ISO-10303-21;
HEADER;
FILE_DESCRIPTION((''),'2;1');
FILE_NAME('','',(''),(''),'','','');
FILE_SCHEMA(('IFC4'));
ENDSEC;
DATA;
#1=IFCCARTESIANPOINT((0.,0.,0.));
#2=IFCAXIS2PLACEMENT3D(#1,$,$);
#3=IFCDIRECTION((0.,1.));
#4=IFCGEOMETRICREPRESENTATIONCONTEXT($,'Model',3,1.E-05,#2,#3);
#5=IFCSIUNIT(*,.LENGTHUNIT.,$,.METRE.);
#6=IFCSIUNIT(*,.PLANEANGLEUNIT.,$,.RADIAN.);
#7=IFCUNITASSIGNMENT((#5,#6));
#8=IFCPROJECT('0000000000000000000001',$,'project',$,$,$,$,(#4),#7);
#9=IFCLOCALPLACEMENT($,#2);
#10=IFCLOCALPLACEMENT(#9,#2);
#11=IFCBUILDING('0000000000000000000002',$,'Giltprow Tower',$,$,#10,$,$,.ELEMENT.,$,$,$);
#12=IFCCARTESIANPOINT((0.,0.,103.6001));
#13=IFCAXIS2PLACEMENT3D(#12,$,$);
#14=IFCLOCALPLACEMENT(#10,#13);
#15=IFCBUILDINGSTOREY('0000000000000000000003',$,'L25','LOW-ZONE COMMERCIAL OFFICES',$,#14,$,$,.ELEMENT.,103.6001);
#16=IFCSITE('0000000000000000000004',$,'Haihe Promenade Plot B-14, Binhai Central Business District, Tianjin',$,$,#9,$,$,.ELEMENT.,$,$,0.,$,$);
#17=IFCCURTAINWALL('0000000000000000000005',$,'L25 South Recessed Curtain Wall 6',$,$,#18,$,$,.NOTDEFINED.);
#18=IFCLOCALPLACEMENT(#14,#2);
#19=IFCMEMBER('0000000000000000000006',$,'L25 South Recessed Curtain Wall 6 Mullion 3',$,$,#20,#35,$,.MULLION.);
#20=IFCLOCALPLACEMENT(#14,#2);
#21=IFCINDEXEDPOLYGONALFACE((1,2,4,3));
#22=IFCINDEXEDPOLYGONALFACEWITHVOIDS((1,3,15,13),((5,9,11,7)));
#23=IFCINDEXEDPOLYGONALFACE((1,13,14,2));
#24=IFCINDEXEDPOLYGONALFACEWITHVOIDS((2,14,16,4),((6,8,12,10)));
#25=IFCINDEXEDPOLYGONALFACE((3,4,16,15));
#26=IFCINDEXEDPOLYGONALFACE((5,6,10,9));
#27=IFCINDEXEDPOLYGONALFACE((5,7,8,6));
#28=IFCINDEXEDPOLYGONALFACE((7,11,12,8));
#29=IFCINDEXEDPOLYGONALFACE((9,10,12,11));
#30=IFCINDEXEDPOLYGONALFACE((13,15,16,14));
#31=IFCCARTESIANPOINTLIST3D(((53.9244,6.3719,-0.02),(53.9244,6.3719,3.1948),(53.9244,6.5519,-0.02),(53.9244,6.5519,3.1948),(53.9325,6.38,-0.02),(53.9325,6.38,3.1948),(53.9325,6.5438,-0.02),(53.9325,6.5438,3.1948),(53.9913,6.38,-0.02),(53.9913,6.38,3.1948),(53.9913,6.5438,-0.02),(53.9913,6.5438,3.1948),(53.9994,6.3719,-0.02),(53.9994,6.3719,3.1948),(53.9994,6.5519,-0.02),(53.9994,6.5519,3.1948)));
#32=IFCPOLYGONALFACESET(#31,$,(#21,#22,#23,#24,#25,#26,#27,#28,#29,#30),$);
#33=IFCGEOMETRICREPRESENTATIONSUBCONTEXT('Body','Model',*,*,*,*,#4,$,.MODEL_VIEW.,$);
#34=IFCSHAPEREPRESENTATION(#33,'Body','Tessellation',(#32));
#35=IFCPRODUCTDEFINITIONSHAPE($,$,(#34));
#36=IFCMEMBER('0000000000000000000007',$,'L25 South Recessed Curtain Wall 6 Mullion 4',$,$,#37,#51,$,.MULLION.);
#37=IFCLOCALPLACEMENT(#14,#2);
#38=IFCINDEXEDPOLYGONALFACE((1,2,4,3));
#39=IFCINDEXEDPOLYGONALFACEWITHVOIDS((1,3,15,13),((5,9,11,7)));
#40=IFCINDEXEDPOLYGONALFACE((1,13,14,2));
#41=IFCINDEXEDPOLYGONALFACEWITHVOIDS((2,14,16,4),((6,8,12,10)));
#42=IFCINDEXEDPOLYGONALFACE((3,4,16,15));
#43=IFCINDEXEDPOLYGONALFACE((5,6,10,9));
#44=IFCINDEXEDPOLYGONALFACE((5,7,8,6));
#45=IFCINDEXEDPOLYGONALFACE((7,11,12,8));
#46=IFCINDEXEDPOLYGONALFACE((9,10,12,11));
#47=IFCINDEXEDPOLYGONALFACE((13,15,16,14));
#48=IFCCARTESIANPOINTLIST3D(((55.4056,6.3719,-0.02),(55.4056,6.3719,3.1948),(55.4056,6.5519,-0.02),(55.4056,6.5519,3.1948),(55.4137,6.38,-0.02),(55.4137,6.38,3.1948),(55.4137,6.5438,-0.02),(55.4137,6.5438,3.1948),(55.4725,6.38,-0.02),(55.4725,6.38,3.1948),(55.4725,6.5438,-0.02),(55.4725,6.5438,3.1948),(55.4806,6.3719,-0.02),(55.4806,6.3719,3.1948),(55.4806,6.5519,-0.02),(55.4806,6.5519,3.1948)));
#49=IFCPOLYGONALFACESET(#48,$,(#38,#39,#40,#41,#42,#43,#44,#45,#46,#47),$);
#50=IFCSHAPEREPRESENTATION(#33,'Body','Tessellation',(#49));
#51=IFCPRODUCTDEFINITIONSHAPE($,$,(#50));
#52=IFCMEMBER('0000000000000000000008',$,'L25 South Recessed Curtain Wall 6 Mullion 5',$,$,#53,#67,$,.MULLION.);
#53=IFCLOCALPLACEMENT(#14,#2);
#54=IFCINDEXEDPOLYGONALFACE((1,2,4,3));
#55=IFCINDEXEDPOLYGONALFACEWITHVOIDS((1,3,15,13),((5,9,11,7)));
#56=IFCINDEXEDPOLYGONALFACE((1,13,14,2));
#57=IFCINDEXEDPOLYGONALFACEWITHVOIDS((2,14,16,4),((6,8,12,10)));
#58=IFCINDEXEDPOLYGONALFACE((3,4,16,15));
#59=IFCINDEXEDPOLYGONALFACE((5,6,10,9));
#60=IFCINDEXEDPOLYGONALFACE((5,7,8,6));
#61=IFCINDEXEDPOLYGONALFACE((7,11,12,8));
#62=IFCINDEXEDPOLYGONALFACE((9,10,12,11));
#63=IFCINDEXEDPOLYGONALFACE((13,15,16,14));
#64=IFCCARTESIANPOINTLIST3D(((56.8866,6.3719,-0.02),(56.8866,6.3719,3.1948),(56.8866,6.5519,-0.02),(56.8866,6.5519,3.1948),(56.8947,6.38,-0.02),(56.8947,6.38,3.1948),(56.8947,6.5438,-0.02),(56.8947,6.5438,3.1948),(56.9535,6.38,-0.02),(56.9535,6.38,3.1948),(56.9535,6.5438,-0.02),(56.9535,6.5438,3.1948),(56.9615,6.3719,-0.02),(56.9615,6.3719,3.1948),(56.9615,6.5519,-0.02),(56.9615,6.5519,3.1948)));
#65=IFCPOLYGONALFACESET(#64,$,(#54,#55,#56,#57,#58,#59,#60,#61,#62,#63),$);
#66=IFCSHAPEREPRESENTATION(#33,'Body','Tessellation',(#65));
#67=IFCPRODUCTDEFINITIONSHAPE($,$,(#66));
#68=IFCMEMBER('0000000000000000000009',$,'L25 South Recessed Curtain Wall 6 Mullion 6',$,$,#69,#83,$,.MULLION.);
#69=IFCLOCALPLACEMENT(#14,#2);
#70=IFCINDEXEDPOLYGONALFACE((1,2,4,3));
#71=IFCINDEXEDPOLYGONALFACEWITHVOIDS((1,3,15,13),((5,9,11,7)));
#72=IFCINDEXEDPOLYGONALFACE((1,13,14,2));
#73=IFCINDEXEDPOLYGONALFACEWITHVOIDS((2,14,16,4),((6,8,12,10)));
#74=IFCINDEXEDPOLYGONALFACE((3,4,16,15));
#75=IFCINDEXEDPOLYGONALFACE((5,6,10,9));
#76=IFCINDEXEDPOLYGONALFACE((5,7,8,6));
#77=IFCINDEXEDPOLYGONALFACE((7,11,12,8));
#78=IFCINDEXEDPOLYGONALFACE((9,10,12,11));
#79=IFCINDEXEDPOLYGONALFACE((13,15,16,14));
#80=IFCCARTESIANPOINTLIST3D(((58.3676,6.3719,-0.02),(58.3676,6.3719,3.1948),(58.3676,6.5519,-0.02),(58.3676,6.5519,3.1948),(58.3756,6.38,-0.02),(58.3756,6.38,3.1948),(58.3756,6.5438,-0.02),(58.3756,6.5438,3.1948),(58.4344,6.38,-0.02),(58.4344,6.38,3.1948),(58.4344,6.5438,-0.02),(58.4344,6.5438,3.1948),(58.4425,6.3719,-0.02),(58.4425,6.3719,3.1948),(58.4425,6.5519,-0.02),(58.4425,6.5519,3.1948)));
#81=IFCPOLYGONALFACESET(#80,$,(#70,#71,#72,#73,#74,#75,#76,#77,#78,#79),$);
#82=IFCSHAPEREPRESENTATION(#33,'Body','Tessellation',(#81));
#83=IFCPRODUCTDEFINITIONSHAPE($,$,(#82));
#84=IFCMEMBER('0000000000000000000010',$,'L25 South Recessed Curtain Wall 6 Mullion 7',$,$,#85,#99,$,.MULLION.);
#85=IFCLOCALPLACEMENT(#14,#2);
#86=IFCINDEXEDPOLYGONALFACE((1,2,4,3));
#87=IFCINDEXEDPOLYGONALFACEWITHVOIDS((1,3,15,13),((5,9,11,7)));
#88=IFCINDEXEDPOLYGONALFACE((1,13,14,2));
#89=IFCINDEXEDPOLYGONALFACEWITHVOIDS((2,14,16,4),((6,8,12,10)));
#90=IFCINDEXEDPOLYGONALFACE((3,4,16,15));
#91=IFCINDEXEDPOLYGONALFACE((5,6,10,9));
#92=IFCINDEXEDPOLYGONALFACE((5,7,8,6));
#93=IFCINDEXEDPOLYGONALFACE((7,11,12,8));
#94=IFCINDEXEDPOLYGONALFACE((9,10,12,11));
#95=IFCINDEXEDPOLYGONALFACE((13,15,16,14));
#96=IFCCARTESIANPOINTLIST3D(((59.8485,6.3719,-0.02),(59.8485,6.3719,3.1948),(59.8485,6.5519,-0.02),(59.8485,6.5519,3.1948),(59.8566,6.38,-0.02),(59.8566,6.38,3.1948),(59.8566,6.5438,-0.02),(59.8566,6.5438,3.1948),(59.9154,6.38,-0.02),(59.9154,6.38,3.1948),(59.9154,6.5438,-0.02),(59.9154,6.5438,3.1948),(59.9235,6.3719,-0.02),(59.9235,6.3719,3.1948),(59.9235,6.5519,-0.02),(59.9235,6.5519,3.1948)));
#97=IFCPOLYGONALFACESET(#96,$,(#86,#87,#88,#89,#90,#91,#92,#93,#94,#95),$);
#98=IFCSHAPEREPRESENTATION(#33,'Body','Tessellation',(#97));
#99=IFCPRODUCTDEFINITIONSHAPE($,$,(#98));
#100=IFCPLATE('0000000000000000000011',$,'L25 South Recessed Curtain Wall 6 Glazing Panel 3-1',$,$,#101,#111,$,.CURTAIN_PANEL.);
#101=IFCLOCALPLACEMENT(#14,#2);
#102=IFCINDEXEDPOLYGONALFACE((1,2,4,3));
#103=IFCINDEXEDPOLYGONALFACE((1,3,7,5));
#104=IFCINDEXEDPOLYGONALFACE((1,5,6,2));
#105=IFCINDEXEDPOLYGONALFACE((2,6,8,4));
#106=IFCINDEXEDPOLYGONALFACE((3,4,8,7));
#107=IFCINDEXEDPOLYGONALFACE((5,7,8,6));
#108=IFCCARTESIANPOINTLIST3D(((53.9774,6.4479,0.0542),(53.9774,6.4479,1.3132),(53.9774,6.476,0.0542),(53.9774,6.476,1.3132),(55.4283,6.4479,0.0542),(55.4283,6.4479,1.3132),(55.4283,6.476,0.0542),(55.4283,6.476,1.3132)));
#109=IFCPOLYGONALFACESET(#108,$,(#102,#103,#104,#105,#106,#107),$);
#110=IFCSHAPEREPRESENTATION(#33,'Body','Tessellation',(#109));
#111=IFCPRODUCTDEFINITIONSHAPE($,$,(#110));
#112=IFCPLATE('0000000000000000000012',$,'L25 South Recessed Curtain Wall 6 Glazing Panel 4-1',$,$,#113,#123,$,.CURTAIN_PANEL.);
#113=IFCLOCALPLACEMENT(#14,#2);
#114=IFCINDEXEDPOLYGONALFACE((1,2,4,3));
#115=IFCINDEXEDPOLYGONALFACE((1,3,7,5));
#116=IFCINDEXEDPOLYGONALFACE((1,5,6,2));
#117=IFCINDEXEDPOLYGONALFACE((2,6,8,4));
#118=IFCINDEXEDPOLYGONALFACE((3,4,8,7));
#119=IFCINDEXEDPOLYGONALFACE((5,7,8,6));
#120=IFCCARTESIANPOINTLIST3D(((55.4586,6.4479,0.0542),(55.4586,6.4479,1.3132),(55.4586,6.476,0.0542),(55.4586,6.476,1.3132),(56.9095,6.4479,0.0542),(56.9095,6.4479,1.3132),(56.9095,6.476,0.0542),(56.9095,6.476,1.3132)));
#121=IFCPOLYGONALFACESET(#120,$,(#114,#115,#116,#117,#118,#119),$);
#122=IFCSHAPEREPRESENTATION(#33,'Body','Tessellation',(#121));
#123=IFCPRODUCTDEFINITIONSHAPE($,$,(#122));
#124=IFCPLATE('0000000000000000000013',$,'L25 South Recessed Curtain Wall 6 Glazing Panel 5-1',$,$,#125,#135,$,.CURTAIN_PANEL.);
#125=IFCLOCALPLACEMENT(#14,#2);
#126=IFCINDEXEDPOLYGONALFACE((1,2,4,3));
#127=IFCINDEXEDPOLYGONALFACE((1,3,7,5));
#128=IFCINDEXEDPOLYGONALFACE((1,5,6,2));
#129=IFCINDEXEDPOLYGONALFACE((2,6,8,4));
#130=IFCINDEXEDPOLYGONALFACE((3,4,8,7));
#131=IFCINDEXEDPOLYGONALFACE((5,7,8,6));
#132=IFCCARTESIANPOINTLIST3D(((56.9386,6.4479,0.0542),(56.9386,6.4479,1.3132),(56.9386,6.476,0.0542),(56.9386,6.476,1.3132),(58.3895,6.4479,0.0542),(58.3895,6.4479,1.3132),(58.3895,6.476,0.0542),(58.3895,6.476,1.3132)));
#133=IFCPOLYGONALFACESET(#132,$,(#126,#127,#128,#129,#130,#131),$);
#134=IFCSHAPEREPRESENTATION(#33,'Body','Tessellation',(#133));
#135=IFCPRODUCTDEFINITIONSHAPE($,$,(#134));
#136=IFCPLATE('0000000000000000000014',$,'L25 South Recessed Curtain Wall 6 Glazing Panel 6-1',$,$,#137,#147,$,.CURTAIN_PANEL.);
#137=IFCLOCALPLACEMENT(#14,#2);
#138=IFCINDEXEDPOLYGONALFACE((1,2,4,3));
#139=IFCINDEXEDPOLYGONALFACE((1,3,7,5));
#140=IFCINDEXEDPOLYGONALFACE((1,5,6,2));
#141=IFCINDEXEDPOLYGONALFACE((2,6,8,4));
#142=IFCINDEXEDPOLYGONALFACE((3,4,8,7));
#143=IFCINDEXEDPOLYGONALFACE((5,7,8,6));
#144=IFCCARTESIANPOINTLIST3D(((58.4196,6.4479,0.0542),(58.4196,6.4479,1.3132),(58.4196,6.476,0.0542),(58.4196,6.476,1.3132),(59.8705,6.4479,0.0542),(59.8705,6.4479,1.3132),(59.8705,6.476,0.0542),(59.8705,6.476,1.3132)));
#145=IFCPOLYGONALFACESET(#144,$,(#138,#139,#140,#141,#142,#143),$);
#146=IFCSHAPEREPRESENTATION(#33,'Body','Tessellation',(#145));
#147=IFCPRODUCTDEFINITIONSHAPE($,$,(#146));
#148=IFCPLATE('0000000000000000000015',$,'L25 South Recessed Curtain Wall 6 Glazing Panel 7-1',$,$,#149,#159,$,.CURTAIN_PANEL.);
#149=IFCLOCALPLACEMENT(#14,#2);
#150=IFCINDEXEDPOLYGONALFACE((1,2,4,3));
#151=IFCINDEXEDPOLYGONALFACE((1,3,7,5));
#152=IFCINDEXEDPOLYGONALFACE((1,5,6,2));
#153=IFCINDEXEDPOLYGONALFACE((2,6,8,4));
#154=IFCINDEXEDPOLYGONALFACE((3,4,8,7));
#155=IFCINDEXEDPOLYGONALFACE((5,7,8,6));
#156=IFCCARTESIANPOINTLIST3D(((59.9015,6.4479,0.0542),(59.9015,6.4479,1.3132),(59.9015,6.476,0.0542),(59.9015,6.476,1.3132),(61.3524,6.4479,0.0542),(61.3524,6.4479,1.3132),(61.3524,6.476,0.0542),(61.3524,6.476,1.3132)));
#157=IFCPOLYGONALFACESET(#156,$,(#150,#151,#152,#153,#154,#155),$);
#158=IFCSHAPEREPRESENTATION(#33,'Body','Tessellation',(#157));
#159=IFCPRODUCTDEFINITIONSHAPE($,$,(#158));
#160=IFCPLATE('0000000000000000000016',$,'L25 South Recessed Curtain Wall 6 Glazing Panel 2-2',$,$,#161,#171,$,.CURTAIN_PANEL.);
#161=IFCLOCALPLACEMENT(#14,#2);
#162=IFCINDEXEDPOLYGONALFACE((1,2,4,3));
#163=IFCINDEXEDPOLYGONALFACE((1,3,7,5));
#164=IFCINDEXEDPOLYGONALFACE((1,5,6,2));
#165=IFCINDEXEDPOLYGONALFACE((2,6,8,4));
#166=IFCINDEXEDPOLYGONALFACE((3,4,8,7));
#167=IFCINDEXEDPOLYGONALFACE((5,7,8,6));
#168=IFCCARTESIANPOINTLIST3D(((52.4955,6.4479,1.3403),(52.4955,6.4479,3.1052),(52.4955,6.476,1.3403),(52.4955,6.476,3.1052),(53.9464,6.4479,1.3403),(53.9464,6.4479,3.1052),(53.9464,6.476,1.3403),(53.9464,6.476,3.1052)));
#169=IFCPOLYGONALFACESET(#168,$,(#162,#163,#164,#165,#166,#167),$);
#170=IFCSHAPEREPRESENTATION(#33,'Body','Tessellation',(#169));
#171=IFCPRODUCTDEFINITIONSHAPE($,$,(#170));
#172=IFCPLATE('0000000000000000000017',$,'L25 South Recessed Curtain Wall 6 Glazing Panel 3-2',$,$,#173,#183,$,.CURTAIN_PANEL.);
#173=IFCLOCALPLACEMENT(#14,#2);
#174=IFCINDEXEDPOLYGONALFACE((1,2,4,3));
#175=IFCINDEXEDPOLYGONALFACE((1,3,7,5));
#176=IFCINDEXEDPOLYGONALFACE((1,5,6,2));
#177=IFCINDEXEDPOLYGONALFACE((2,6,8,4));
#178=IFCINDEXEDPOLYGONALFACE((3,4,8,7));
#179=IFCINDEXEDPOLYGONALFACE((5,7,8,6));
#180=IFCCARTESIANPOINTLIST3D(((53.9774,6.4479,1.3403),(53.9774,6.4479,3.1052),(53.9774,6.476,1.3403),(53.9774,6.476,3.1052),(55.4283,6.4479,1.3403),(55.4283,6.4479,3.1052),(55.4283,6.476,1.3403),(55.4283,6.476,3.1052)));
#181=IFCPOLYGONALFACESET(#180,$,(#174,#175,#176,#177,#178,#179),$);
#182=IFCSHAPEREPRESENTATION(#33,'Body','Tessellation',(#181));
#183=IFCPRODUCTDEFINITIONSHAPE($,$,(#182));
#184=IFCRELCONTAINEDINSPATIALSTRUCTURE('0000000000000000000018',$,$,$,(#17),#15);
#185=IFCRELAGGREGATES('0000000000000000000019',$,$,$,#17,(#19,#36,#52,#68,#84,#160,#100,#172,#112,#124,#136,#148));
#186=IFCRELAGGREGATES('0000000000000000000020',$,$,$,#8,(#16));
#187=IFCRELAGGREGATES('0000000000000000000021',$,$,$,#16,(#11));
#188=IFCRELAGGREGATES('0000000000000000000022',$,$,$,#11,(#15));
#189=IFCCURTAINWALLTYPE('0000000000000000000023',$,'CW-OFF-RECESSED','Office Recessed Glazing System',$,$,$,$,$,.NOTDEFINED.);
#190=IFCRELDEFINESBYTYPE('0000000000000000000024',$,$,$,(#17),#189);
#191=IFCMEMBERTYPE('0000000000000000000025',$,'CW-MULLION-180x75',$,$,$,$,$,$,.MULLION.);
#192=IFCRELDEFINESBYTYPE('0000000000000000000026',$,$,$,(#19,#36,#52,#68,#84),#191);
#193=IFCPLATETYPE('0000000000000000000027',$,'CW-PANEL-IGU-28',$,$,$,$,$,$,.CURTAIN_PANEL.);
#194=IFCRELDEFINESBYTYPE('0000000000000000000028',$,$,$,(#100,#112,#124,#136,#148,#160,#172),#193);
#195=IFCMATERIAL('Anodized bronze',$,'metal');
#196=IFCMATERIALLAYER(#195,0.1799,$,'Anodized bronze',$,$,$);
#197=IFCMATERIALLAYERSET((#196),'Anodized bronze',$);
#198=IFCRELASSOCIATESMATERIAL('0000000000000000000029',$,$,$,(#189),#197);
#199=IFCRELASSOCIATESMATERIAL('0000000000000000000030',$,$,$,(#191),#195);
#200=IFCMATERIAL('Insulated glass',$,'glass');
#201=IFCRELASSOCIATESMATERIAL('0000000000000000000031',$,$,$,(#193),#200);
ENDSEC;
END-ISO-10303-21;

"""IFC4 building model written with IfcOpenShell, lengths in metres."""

from ifc_helpers import new_model, si_unit, direction, frame, origin, origin_2d, place, context, subcontext, project, spatial, rectangle, hollow_rectangle, extrude, source, transform, mapped, material, layer, layer_set, material_profile, profile_set, type_object, element, aggregate, save


model = new_model("IFC4")

# Units and contexts
model_context = context("Model", 3, precision=1e-05, world=origin(), true_north=direction((0.0, 1.0)))
body_context = subcontext(model_context, "Body", "Model", "MODEL_VIEW")
ifc_project = project(units=[si_unit("LENGTHUNIT", "METRE"), si_unit("PLANEANGLEUNIT", "RADIAN")], contexts=[model_context])

# Site, building, storey
site_placement = place(None, origin())
site = spatial("IfcSite", under=ifc_project, at=site_placement, Name="Haihe Promenade Plot B-14, Binhai Central Business District, Tianjin", CompositionType="ELEMENT", RefElevation=0.0)
building_placement = place(site_placement, origin())
building = spatial("IfcBuilding", under=site, at=building_placement, Name="Giltprow Tower", CompositionType="ELEMENT")
storey_placement = place(building_placement, frame((0.0, 0.0, 103.6001)))
storey = spatial("IfcBuildingStorey", under=building, at=storey_placement, Name="L25", Description="LOW-ZONE COMMERCIAL OFFICES", CompositionType="ELEMENT", Elevation=103.6001)

# Curtain wall, members, plates
ifc_material_1 = material(Name="Anodized bronze", Category="metal")
ifc_layer = layer(ifc_material_1, 0.1799, Name="Anodized bronze")
ifc_layer_set = layer_set([ifc_layer], Name="Anodized bronze")
curtain_wall_type = type_object("IfcCurtainWallType", Name="CW-OFF-RECESSED", Description="Office Recessed Glazing System", PredefinedType="NOTDEFINED", material=ifc_layer_set)
curtain_wall_placement = place(storey_placement, origin())
curtain_wall = element("IfcCurtainWall", 1, at=curtain_wall_placement, inside=storey, type_object=curtain_wall_type, Name="L25 South Recessed Curtain Wall 6", PredefinedType="NOTDEFINED")
ifc_material_profile = material_profile(ifc_material_1, hollow_rectangle(XDim=0.075, YDim=0.1799, WallThickness=0.0081, at=origin_2d()), Name="RHS 180x75x8")
ifc_profile_set = profile_set([ifc_material_profile], Name="Anodized bronze")
member_type = type_object("IfcMemberType", Name="CW-MULLION-180x75", PredefinedType="MULLION", material=ifc_profile_set)
shared_shape_1 = source(origin(), body_context, "Body", "SweptSolid", [
    extrude(hollow_rectangle(XDim=0.075, YDim=0.1799, WallThickness=0.0081, at=origin_2d()), origin(), (0.0, 0.0, 1.0), 3.2148),
])
member_1_placement = place(storey_placement, frame((53.9619, 6.4619, -0.02), z_axis=(0.0, 0.0, 1.0), x_axis=(1.0, 0.0, 0.0)))
member_1 = element("IfcMember", 2, at=member_1_placement, type_object=member_type, Name="L25 South Recessed Curtain Wall 6 Mullion 3", PredefinedType="MULLION", context=body_context, shape_type="MappedRepresentation", body=[
    mapped(shared_shape_1, transform((0.0, 0.0, 0.0), x_axis=(1.0, 0.0, 0.0), y_axis=(0.0, 1.0, 0.0), z_axis=(0.0, 0.0, 1.0), scale=1.0)),
])
member_2_placement = place(storey_placement, frame((55.4431, 6.4619, -0.02), z_axis=(0.0, 0.0, 1.0), x_axis=(1.0, 0.0, 0.0)))
member_2 = element("IfcMember", 3, at=member_2_placement, type_object=member_type, Name="L25 South Recessed Curtain Wall 6 Mullion 4", PredefinedType="MULLION", context=body_context, shape_type="MappedRepresentation", body=[
    mapped(shared_shape_1, transform((0.0, 0.0, 0.0), x_axis=(1.0, 0.0, 0.0), y_axis=(0.0, 1.0, 0.0), z_axis=(0.0, 0.0, 1.0), scale=1.0)),
])
member_3_placement = place(storey_placement, frame((56.9241, 6.4619, -0.02), z_axis=(0.0, 0.0, 1.0), x_axis=(1.0, 0.0, 0.0)))
member_3 = element("IfcMember", 4, at=member_3_placement, type_object=member_type, Name="L25 South Recessed Curtain Wall 6 Mullion 5", PredefinedType="MULLION", context=body_context, shape_type="MappedRepresentation", body=[
    mapped(shared_shape_1, transform((0.0, 0.0, 0.0), x_axis=(1.0, 0.0, 0.0), y_axis=(0.0, 1.0, 0.0), z_axis=(0.0, 0.0, 1.0), scale=1.0)),
])
member_4_placement = place(storey_placement, frame((58.405, 6.4619, -0.02), z_axis=(0.0, 0.0, 1.0), x_axis=(1.0, 0.0, 0.0)))
member_4 = element("IfcMember", 5, at=member_4_placement, type_object=member_type, Name="L25 South Recessed Curtain Wall 6 Mullion 6", PredefinedType="MULLION", context=body_context, shape_type="MappedRepresentation", body=[
    mapped(shared_shape_1, transform((0.0, 0.0, 0.0), x_axis=(1.0, 0.0, 0.0), y_axis=(0.0, 1.0, 0.0), z_axis=(0.0, 0.0, 1.0), scale=1.0)),
])
member_5_placement = place(storey_placement, frame((59.886, 6.4619, -0.02), z_axis=(0.0, 0.0, 1.0), x_axis=(1.0, 0.0, 0.0)))
member_5 = element("IfcMember", 6, at=member_5_placement, type_object=member_type, Name="L25 South Recessed Curtain Wall 6 Mullion 7", PredefinedType="MULLION", context=body_context, shape_type="MappedRepresentation", body=[
    mapped(shared_shape_1, transform((0.0, 0.0, 0.0), x_axis=(1.0, 0.0, 0.0), y_axis=(0.0, 1.0, 0.0), z_axis=(0.0, 0.0, 1.0), scale=1.0)),
])
ifc_material_2 = material(Name="Insulated glass", Category="glass")
plate_type = type_object("IfcPlateType", Name="CW-PANEL-IGU-28", PredefinedType="CURTAIN_PANEL", material=ifc_material_2)
shared_shape_2 = source(origin(), body_context, "Body", "SweptSolid", [
    extrude(rectangle(XDim=1.4509, YDim=0.0281, at=origin_2d()), origin(), (0.0, 0.0, 1.0), 1.259),
])
plate_1_placement = place(storey_placement, frame((54.7029, 6.4619, 0.0542), z_axis=(0.0, 0.0, 1.0), x_axis=(1.0, 0.0, 0.0)))
plate_1 = element("IfcPlate", 7, at=plate_1_placement, type_object=plate_type, Name="L25 South Recessed Curtain Wall 6 Glazing Panel 3-1", PredefinedType="CURTAIN_PANEL", context=body_context, shape_type="MappedRepresentation", body=[
    mapped(shared_shape_2, transform((0.0, 0.0, 0.0), x_axis=(1.0, 0.0, 0.0), y_axis=(0.0, 1.0, 0.0), z_axis=(0.0, 0.0, 1.0), scale=1.0)),
])
plate_2_placement = place(storey_placement, frame((56.1841, 6.4619, 0.0542), z_axis=(0.0, 0.0, 1.0), x_axis=(1.0, 0.0, 0.0)))
plate_2 = element("IfcPlate", 8, at=plate_2_placement, type_object=plate_type, Name="L25 South Recessed Curtain Wall 6 Glazing Panel 4-1", PredefinedType="CURTAIN_PANEL", context=body_context, shape_type="MappedRepresentation", body=[
    mapped(shared_shape_2, transform((0.0, 0.0, 0.0), x_axis=(1.0, 0.0, 0.0), y_axis=(0.0, 1.0, 0.0), z_axis=(0.0, 0.0, 1.0), scale=1.0)),
])
plate_3_placement = place(storey_placement, frame((57.6641, 6.4619, 0.0542), z_axis=(0.0, 0.0, 1.0), x_axis=(1.0, 0.0, 0.0)))
plate_3 = element("IfcPlate", 9, at=plate_3_placement, type_object=plate_type, Name="L25 South Recessed Curtain Wall 6 Glazing Panel 5-1", PredefinedType="CURTAIN_PANEL", context=body_context, shape_type="MappedRepresentation", body=[
    mapped(shared_shape_2, transform((0.0, 0.0, 0.0), x_axis=(1.0, 0.0, 0.0), y_axis=(0.0, 1.0, 0.0), z_axis=(0.0, 0.0, 1.0), scale=1.0)),
])
plate_4_placement = place(storey_placement, frame((59.145, 6.4619, 0.0542), z_axis=(0.0, 0.0, 1.0), x_axis=(1.0, 0.0, 0.0)))
plate_4 = element("IfcPlate", 10, at=plate_4_placement, type_object=plate_type, Name="L25 South Recessed Curtain Wall 6 Glazing Panel 6-1", PredefinedType="CURTAIN_PANEL", context=body_context, shape_type="MappedRepresentation", body=[
    mapped(shared_shape_2, transform((0.0, 0.0, 0.0), x_axis=(1.0, 0.0, 0.0), y_axis=(0.0, 1.0, 0.0), z_axis=(0.0, 0.0, 1.0), scale=1.0)),
])
plate_5_placement = place(storey_placement, frame((60.627, 6.4619, 0.0542), z_axis=(0.0, 0.0, 1.0), x_axis=(1.0, 0.0, 0.0)))
plate_5 = element("IfcPlate", 11, at=plate_5_placement, type_object=plate_type, Name="L25 South Recessed Curtain Wall 6 Glazing Panel 7-1", PredefinedType="CURTAIN_PANEL", context=body_context, shape_type="MappedRepresentation", body=[
    mapped(shared_shape_2, transform((0.0, 0.0, 0.0), x_axis=(1.0, 0.0, 0.0), y_axis=(0.0, 1.0, 0.0), z_axis=(0.0, 0.0, 1.0), scale=1.0)),
])
shared_shape_3 = source(origin(), body_context, "Body", "SweptSolid", [
    extrude(rectangle(XDim=1.4509, YDim=0.0281, at=origin_2d()), origin(), (0.0, 0.0, 1.0), 1.7649),
])
plate_6_placement = place(storey_placement, frame((53.2209, 6.4619, 1.3403), z_axis=(0.0, 0.0, 1.0), x_axis=(1.0, 0.0, 0.0)))
plate_6 = element("IfcPlate", 12, at=plate_6_placement, type_object=plate_type, Name="L25 South Recessed Curtain Wall 6 Glazing Panel 2-2", PredefinedType="CURTAIN_PANEL", context=body_context, shape_type="MappedRepresentation", body=[
    mapped(shared_shape_3, transform((0.0, 0.0, 0.0), x_axis=(1.0, 0.0, 0.0), y_axis=(0.0, 1.0, 0.0), z_axis=(0.0, 0.0, 1.0), scale=1.0)),
])
plate_7_placement = place(storey_placement, frame((54.7029, 6.4619, 1.3403), z_axis=(0.0, 0.0, 1.0), x_axis=(1.0, 0.0, 0.0)))
plate_7 = element("IfcPlate", 13, at=plate_7_placement, type_object=plate_type, Name="L25 South Recessed Curtain Wall 6 Glazing Panel 3-2", PredefinedType="CURTAIN_PANEL", context=body_context, shape_type="MappedRepresentation", body=[
    mapped(shared_shape_3, transform((0.0, 0.0, 0.0), x_axis=(1.0, 0.0, 0.0), y_axis=(0.0, 1.0, 0.0), z_axis=(0.0, 0.0, 1.0), scale=1.0)),
])
aggregate(curtain_wall, [member_1, member_2, member_3, member_4, member_5, plate_6, plate_1, plate_7, plate_2, plate_3, plate_4, plate_5])

save(model, "model.ifc")
